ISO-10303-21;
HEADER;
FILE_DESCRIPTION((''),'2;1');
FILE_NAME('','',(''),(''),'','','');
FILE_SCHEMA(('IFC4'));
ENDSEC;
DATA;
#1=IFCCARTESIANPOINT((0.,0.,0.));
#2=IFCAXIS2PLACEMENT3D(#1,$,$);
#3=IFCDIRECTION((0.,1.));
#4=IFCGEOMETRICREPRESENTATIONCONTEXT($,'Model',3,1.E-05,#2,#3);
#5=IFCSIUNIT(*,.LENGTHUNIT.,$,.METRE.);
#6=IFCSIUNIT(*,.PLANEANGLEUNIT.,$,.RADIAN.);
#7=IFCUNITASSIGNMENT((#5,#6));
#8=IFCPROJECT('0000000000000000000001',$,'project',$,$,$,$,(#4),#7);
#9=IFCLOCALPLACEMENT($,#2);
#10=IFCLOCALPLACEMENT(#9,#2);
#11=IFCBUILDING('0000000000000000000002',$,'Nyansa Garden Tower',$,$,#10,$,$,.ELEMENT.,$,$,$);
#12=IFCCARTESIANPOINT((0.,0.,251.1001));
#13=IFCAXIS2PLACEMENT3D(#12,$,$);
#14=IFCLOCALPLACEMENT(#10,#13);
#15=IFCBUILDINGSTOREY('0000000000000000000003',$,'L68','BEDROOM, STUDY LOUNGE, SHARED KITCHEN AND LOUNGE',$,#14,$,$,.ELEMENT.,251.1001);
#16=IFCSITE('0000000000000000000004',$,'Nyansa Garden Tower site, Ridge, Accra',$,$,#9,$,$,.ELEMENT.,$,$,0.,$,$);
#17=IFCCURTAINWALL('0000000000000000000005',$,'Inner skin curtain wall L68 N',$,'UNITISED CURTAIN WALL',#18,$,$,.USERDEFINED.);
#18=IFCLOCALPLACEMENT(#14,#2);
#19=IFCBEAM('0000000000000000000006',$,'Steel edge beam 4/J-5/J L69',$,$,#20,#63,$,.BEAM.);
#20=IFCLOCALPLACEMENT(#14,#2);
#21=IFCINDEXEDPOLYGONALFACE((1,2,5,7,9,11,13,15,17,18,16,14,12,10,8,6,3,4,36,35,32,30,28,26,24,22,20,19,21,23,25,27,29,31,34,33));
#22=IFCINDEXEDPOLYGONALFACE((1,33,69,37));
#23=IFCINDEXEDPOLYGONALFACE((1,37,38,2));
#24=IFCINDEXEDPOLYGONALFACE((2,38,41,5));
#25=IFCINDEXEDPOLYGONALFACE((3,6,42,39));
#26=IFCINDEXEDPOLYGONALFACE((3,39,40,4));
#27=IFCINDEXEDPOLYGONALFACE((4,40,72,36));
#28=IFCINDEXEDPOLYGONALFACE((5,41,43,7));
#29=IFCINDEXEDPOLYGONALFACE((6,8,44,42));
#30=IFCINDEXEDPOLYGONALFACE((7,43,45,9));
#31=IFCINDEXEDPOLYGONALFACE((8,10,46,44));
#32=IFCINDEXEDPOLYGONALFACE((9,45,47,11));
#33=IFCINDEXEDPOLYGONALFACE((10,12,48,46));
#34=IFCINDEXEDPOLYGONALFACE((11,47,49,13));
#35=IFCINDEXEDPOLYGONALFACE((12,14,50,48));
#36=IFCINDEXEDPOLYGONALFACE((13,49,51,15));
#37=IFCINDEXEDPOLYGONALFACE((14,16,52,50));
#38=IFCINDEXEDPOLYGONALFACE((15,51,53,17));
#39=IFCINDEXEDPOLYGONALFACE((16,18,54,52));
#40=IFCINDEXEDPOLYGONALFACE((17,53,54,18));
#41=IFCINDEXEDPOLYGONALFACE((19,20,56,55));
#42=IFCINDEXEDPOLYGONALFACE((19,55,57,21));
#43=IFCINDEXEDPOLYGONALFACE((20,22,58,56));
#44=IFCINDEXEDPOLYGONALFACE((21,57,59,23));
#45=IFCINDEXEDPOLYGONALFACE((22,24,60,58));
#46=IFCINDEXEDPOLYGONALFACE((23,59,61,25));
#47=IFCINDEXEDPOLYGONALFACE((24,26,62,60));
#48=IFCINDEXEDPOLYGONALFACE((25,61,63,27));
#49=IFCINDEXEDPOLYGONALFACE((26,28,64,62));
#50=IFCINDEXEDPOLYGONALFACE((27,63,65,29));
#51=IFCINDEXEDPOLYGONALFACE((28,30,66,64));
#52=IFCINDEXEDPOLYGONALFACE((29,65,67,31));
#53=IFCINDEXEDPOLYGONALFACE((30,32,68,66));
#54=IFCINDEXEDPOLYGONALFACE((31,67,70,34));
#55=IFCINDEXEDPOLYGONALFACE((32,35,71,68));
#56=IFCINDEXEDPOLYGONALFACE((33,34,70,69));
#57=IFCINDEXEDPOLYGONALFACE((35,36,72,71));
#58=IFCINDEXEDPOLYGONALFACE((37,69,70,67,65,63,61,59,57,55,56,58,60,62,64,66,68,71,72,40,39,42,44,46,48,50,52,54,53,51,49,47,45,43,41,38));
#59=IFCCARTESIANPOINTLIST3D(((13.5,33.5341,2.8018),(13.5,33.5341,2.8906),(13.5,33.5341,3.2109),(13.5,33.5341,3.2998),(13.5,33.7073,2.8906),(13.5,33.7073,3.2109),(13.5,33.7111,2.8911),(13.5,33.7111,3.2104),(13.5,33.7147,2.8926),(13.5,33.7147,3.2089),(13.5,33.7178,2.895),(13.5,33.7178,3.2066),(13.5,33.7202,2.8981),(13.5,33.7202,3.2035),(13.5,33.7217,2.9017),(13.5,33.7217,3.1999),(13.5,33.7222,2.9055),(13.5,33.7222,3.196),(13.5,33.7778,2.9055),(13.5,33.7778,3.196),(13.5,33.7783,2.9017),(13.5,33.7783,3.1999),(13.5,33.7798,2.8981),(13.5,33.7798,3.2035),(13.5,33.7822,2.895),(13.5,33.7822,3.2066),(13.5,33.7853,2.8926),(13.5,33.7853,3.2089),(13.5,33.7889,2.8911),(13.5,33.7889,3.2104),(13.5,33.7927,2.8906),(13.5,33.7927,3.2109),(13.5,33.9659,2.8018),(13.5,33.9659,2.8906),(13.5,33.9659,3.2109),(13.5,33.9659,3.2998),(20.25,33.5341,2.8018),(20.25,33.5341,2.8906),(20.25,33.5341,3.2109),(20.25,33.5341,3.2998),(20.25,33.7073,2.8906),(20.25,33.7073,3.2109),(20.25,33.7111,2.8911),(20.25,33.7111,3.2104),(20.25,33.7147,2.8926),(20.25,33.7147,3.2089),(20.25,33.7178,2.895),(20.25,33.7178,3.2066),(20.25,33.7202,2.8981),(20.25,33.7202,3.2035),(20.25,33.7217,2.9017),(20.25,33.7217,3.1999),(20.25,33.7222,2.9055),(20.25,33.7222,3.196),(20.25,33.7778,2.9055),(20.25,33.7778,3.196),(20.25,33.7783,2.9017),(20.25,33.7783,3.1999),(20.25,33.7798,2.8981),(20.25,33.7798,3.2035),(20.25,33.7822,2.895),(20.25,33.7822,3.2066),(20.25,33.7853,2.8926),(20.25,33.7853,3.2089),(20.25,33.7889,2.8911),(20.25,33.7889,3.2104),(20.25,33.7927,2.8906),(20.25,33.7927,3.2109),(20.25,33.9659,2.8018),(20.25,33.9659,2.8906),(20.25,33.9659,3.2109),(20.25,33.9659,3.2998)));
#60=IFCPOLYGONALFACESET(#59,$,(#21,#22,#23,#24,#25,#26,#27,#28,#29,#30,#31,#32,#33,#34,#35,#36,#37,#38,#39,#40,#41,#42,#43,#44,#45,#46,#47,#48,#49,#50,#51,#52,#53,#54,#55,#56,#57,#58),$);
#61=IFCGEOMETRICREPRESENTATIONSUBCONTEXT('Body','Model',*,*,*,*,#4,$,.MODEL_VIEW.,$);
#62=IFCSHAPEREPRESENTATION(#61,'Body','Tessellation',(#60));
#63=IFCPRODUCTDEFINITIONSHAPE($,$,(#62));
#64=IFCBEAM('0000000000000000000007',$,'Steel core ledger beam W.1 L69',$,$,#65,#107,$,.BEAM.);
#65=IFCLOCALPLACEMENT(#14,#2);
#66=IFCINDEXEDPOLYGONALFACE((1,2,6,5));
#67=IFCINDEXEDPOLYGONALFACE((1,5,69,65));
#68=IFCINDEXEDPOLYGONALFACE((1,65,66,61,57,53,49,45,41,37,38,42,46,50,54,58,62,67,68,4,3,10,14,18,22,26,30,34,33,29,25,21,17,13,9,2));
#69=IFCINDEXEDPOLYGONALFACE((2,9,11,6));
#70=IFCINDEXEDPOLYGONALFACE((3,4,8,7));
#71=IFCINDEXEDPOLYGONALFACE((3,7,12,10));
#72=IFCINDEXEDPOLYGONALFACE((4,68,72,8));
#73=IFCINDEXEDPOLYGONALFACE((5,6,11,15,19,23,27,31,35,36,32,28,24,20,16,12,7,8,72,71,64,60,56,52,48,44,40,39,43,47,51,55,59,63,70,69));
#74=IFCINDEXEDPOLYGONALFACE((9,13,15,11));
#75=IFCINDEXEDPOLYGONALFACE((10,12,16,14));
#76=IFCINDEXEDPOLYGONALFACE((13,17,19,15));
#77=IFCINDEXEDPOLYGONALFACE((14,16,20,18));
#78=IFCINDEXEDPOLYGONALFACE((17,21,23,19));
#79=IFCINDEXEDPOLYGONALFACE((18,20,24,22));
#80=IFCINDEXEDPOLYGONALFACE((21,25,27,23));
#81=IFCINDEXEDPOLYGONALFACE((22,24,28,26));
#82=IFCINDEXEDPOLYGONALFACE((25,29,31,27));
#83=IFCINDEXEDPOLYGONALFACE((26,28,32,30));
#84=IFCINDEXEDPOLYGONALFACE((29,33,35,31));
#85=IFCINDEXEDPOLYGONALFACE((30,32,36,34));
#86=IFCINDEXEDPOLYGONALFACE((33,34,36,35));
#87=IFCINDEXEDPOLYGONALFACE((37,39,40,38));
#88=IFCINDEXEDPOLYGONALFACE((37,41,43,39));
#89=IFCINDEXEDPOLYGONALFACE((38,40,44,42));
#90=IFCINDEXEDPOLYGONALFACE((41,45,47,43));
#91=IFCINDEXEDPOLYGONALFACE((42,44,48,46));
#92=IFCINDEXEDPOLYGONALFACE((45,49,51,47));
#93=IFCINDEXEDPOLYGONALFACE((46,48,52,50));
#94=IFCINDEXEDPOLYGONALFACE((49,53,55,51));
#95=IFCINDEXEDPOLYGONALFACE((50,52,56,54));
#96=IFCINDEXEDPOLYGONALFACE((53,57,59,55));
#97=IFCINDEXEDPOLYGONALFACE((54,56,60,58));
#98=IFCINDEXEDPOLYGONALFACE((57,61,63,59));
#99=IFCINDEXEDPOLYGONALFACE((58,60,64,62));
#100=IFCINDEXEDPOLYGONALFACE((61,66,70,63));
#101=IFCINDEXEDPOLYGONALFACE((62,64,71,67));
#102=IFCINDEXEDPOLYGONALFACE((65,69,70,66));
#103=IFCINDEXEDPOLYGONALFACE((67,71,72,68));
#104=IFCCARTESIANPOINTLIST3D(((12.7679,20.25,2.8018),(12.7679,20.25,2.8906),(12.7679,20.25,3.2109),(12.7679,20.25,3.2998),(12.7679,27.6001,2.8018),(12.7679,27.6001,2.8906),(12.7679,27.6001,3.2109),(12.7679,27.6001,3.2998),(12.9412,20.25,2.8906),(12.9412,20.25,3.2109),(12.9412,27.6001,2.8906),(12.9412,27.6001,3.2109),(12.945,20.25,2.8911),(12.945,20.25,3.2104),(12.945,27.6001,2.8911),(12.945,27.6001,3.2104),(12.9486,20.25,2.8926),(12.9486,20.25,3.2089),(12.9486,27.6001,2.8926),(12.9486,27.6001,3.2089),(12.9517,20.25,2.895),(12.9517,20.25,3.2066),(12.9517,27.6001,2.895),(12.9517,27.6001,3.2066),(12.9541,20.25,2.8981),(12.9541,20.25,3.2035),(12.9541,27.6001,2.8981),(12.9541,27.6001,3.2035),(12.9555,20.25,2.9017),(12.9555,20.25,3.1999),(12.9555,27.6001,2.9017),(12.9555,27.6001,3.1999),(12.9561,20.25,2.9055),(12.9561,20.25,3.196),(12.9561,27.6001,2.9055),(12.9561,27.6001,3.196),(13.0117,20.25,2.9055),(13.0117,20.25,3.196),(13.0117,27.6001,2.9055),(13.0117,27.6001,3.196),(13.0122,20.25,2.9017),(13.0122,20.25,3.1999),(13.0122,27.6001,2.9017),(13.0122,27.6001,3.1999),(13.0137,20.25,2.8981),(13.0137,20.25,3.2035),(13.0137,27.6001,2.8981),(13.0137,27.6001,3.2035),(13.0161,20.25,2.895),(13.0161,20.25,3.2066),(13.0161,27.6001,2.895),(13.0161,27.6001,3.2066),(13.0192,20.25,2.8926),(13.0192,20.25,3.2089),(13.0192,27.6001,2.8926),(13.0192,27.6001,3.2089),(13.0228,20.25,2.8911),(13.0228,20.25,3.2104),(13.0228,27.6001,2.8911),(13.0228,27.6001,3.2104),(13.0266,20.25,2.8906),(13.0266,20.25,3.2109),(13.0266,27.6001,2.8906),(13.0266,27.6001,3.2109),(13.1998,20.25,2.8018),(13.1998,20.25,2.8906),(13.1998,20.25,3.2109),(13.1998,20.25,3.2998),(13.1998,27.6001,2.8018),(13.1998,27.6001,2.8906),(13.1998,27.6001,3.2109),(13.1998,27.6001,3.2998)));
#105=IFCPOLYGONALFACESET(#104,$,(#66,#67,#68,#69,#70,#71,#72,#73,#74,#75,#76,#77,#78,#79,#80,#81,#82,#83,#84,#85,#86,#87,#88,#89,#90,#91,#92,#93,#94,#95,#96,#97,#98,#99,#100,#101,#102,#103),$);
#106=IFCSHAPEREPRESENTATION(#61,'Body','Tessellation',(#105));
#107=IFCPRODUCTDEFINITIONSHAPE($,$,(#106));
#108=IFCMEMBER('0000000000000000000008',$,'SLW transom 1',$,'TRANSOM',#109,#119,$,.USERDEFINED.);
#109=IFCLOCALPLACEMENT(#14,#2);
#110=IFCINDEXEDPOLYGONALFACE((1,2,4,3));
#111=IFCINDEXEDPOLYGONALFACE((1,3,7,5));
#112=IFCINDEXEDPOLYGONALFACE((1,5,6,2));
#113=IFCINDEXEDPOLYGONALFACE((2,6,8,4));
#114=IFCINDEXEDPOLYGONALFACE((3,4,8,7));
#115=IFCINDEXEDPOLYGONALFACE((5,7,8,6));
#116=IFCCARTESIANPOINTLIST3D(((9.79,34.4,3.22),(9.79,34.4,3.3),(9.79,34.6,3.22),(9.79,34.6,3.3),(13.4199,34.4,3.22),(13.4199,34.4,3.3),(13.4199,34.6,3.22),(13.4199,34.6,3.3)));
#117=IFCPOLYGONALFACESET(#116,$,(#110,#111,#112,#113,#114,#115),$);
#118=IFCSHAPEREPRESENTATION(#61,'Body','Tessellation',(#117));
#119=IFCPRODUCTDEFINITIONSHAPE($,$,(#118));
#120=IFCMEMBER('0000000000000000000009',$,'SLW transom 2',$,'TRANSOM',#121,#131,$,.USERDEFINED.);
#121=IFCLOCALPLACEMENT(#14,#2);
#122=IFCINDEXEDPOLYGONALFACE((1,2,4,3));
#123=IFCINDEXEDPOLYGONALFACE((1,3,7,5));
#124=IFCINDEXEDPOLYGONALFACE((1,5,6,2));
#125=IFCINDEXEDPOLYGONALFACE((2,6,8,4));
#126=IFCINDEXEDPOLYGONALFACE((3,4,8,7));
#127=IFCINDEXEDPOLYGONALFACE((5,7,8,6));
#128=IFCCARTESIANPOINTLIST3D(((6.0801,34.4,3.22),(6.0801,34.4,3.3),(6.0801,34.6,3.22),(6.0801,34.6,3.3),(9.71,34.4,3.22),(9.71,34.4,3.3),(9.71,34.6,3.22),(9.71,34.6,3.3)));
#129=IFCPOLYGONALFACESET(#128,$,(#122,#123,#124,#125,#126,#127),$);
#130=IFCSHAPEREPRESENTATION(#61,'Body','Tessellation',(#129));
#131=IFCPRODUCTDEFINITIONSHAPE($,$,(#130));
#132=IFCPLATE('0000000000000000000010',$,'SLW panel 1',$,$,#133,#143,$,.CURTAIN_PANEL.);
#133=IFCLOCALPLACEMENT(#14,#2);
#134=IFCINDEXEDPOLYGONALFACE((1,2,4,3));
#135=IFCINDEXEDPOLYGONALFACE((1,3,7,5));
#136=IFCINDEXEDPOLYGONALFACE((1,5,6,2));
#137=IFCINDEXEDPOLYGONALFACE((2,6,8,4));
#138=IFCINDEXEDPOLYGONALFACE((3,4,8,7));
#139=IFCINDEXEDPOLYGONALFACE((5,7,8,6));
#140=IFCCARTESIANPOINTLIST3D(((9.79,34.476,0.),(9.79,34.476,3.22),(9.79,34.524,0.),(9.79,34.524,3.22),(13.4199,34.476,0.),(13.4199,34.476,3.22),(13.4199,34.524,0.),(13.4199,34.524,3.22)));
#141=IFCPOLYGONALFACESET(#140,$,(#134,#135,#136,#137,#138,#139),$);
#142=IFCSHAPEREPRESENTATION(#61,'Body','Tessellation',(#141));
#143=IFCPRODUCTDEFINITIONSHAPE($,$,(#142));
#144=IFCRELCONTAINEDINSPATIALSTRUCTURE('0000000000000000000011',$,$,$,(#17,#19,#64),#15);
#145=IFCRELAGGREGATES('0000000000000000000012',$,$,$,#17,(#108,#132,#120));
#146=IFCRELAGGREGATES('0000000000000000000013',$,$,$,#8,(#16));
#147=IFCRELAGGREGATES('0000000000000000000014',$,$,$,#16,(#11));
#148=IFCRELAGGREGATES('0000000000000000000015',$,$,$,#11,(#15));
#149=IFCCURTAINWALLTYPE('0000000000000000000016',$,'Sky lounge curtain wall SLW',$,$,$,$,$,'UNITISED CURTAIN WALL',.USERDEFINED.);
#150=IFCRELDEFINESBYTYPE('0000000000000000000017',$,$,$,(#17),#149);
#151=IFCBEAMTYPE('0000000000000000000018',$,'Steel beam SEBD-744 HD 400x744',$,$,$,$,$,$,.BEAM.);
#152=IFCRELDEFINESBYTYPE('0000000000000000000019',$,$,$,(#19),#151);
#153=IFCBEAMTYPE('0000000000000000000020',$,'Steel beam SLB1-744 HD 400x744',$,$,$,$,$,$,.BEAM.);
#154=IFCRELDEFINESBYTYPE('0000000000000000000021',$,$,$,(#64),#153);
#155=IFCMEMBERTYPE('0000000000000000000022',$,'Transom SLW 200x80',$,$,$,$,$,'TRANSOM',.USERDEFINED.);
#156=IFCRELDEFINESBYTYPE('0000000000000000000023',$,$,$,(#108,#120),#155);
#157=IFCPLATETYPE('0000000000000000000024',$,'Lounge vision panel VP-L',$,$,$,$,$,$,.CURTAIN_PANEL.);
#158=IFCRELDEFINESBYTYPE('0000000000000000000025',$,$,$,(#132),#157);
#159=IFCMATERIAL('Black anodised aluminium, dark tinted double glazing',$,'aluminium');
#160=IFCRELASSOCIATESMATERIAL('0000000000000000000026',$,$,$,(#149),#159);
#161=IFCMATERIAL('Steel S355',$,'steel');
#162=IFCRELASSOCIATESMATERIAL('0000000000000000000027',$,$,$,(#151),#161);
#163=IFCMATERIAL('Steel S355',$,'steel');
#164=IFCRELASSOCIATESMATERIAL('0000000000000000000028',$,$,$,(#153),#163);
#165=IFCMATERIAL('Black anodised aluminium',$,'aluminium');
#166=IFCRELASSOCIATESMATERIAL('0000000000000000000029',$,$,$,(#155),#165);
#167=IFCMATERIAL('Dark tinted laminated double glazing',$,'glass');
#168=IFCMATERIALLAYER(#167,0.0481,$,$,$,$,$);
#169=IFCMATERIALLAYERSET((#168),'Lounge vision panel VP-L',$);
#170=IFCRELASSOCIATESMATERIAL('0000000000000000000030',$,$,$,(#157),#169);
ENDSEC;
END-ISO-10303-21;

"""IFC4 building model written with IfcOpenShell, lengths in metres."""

from ifc_helpers import new_model, si_unit, direction, frame, origin, origin_2d, place, context, subcontext, project, spatial, rectangle, i_section, extrude, material, layer, layer_set, material_profile, profile_set, type_object, element, aggregate, save


model = new_model("IFC4")

# Units and contexts
model_context = context("Model", 3, precision=1e-05, world=origin(), true_north=direction((0.0, 1.0)))
body_context = subcontext(model_context, "Body", "Model", "MODEL_VIEW")
ifc_project = project(units=[si_unit("LENGTHUNIT", "METRE"), si_unit("PLANEANGLEUNIT", "RADIAN")], contexts=[model_context])

# Site, building, storey
site_placement = place(None, origin())
site = spatial("IfcSite", under=ifc_project, at=site_placement, Name="Nyansa Garden Tower site, Ridge, Accra", CompositionType="ELEMENT", RefElevation=0.0)
building_placement = place(site_placement, origin())
building = spatial("IfcBuilding", under=site, at=building_placement, Name="Nyansa Garden Tower", CompositionType="ELEMENT")
storey_placement = place(building_placement, frame((0.0, 0.0, 251.1001)))
storey = spatial("IfcBuildingStorey", under=building, at=storey_placement, Name="L68", Description="BEDROOM, STUDY LOUNGE, SHARED KITCHEN AND LOUNGE", CompositionType="ELEMENT", Elevation=251.1001)

# Curtain wall
ifc_material_1 = material(Name="Black anodised aluminium, dark tinted double glazing", Category="aluminium")
curtain_wall_type = type_object("IfcCurtainWallType", Name="Sky lounge curtain wall SLW", ElementType="UNITISED CURTAIN WALL", PredefinedType="USERDEFINED", material=ifc_material_1)
curtain_wall_placement = place(storey_placement, origin())
curtain_wall = element("IfcCurtainWall", 1, at=curtain_wall_placement, inside=storey, type_object=curtain_wall_type, Name="Inner skin curtain wall L68 N", ObjectType="UNITISED CURTAIN WALL", PredefinedType="USERDEFINED")

# Beams
ifc_material_2 = material(Name="Steel S355", Category="steel")
ifc_material_profile_1 = material_profile(ifc_material_2, i_section(OverallWidth=0.4319, OverallDepth=0.498, WebThickness=0.0557, FlangeThickness=0.0889, FilletRadius=0.0149, at=origin_2d()), Name="HD 400x744")
ifc_profile_set_1 = profile_set([ifc_material_profile_1], Name="Steel S355")
beam_type_1 = type_object("IfcBeamType", Name="Steel beam SEBD-744 HD 400x744", PredefinedType="BEAM", material=ifc_profile_set_1)
beam_1_placement = place(storey_placement, frame((13.5, 33.75, 3.0508), z_axis=(1.0, 0.0, 0.0), x_axis=(0.0, 1.0, 0.0)))
element("IfcBeam", 2, at=beam_1_placement, inside=storey, type_object=beam_type_1, Name="Steel edge beam 4/J-5/J L69", PredefinedType="BEAM", context=body_context, shape_type="SweptSolid", body=[
    extrude(i_section(OverallWidth=0.4319, OverallDepth=0.498, WebThickness=0.0557, FlangeThickness=0.0889, FilletRadius=0.0149, at=origin_2d()), origin(), (0.0, 0.0, 1.0), 6.75),
])
ifc_material_3 = material(Name="Steel S355", Category="steel")
ifc_material_profile_2 = material_profile(ifc_material_3, i_section(OverallWidth=0.4319, OverallDepth=0.498, WebThickness=0.0557, FlangeThickness=0.0889, FilletRadius=0.0149, at=origin_2d()), Name="HD 400x744")
ifc_profile_set_2 = profile_set([ifc_material_profile_2], Name="Steel S355")
beam_type_2 = type_object("IfcBeamType", Name="Steel beam SLB1-744 HD 400x744", PredefinedType="BEAM", material=ifc_profile_set_2)
beam_2_placement = place(storey_placement, frame((12.9839, 27.6001, 3.0508), z_axis=(0.0, -1.0, 0.0), x_axis=(1.0, 0.0, 0.0)))
element("IfcBeam", 3, at=beam_2_placement, inside=storey, type_object=beam_type_2, Name="Steel core ledger beam W.1 L69", PredefinedType="BEAM", context=body_context, shape_type="SweptSolid", body=[
    extrude(i_section(OverallWidth=0.4319, OverallDepth=0.498, WebThickness=0.0557, FlangeThickness=0.0889, FilletRadius=0.0149, at=origin_2d()), origin(), (0.0, 0.0, 1.0), 7.3501),
])

# Members
ifc_material_4 = material(Name="Black anodised aluminium", Category="aluminium")
ifc_material_profile_3 = material_profile(ifc_material_4, rectangle(XDim=0.2, YDim=0.0801, at=origin_2d()), Name="Transom 200x80")
ifc_profile_set_3 = profile_set([ifc_material_profile_3], Name="Black anodised aluminium")
member_type_1 = type_object("IfcMemberType", Name="Transom SLW 200x80", ElementType="TRANSOM", PredefinedType="USERDEFINED", material=ifc_profile_set_3)
member_1_placement = place(storey_placement, frame((13.4199, 34.5, 3.26), z_axis=(-1.0, 0.0, 0.0), x_axis=(0.0, -1.0, 0.0)))
member_1 = element("IfcMember", 4, at=member_1_placement, type_object=member_type_1, Name="SLW transom 1", ObjectType="TRANSOM", PredefinedType="USERDEFINED", context=body_context, shape_type="SweptSolid", body=[
    extrude(rectangle(XDim=0.2, YDim=0.0801, at=origin_2d()), origin(), (0.0, 0.0, 1.0), 3.6299),
])
member_2_placement = place(storey_placement, frame((9.71, 34.5, 3.26), z_axis=(-1.0, 0.0, 0.0), x_axis=(0.0, -1.0, 0.0)))
member_2 = element("IfcMember", 5, at=member_2_placement, type_object=member_type_1, Name="SLW transom 2", ObjectType="TRANSOM", PredefinedType="USERDEFINED", context=body_context, shape_type="SweptSolid", body=[
    extrude(rectangle(XDim=0.2, YDim=0.0801, at=origin_2d()), origin(), (0.0, 0.0, 1.0), 3.6299),
])

# Plate
ifc_material_5 = material(Name="Dark tinted laminated double glazing", Category="glass")
ifc_layer_1 = layer(ifc_material_5, 0.0481)
ifc_layer_set_1 = layer_set([ifc_layer_1], Name="Lounge vision panel VP-L")
plate_type = type_object("IfcPlateType", Name="Lounge vision panel VP-L", PredefinedType="CURTAIN_PANEL", material=ifc_layer_set_1)
plate_placement = place(storey_placement, frame((11.605, 34.5, 0.0), z_axis=(0.0, 0.0, 1.0), x_axis=(-1.0, 0.0, 0.0)))
plate = element("IfcPlate", 6, at=plate_placement, type_object=plate_type, Name="SLW panel 1", PredefinedType="CURTAIN_PANEL", context=body_context, shape_type="SweptSolid", body=[
    extrude(rectangle(XDim=3.6299, YDim=0.0481, at=origin_2d()), origin(), (0.0, 0.0, 1.0), 3.22),
])
aggregate(curtain_wall, [member_1, plate, member_2])

save(model, "model.ifc")
